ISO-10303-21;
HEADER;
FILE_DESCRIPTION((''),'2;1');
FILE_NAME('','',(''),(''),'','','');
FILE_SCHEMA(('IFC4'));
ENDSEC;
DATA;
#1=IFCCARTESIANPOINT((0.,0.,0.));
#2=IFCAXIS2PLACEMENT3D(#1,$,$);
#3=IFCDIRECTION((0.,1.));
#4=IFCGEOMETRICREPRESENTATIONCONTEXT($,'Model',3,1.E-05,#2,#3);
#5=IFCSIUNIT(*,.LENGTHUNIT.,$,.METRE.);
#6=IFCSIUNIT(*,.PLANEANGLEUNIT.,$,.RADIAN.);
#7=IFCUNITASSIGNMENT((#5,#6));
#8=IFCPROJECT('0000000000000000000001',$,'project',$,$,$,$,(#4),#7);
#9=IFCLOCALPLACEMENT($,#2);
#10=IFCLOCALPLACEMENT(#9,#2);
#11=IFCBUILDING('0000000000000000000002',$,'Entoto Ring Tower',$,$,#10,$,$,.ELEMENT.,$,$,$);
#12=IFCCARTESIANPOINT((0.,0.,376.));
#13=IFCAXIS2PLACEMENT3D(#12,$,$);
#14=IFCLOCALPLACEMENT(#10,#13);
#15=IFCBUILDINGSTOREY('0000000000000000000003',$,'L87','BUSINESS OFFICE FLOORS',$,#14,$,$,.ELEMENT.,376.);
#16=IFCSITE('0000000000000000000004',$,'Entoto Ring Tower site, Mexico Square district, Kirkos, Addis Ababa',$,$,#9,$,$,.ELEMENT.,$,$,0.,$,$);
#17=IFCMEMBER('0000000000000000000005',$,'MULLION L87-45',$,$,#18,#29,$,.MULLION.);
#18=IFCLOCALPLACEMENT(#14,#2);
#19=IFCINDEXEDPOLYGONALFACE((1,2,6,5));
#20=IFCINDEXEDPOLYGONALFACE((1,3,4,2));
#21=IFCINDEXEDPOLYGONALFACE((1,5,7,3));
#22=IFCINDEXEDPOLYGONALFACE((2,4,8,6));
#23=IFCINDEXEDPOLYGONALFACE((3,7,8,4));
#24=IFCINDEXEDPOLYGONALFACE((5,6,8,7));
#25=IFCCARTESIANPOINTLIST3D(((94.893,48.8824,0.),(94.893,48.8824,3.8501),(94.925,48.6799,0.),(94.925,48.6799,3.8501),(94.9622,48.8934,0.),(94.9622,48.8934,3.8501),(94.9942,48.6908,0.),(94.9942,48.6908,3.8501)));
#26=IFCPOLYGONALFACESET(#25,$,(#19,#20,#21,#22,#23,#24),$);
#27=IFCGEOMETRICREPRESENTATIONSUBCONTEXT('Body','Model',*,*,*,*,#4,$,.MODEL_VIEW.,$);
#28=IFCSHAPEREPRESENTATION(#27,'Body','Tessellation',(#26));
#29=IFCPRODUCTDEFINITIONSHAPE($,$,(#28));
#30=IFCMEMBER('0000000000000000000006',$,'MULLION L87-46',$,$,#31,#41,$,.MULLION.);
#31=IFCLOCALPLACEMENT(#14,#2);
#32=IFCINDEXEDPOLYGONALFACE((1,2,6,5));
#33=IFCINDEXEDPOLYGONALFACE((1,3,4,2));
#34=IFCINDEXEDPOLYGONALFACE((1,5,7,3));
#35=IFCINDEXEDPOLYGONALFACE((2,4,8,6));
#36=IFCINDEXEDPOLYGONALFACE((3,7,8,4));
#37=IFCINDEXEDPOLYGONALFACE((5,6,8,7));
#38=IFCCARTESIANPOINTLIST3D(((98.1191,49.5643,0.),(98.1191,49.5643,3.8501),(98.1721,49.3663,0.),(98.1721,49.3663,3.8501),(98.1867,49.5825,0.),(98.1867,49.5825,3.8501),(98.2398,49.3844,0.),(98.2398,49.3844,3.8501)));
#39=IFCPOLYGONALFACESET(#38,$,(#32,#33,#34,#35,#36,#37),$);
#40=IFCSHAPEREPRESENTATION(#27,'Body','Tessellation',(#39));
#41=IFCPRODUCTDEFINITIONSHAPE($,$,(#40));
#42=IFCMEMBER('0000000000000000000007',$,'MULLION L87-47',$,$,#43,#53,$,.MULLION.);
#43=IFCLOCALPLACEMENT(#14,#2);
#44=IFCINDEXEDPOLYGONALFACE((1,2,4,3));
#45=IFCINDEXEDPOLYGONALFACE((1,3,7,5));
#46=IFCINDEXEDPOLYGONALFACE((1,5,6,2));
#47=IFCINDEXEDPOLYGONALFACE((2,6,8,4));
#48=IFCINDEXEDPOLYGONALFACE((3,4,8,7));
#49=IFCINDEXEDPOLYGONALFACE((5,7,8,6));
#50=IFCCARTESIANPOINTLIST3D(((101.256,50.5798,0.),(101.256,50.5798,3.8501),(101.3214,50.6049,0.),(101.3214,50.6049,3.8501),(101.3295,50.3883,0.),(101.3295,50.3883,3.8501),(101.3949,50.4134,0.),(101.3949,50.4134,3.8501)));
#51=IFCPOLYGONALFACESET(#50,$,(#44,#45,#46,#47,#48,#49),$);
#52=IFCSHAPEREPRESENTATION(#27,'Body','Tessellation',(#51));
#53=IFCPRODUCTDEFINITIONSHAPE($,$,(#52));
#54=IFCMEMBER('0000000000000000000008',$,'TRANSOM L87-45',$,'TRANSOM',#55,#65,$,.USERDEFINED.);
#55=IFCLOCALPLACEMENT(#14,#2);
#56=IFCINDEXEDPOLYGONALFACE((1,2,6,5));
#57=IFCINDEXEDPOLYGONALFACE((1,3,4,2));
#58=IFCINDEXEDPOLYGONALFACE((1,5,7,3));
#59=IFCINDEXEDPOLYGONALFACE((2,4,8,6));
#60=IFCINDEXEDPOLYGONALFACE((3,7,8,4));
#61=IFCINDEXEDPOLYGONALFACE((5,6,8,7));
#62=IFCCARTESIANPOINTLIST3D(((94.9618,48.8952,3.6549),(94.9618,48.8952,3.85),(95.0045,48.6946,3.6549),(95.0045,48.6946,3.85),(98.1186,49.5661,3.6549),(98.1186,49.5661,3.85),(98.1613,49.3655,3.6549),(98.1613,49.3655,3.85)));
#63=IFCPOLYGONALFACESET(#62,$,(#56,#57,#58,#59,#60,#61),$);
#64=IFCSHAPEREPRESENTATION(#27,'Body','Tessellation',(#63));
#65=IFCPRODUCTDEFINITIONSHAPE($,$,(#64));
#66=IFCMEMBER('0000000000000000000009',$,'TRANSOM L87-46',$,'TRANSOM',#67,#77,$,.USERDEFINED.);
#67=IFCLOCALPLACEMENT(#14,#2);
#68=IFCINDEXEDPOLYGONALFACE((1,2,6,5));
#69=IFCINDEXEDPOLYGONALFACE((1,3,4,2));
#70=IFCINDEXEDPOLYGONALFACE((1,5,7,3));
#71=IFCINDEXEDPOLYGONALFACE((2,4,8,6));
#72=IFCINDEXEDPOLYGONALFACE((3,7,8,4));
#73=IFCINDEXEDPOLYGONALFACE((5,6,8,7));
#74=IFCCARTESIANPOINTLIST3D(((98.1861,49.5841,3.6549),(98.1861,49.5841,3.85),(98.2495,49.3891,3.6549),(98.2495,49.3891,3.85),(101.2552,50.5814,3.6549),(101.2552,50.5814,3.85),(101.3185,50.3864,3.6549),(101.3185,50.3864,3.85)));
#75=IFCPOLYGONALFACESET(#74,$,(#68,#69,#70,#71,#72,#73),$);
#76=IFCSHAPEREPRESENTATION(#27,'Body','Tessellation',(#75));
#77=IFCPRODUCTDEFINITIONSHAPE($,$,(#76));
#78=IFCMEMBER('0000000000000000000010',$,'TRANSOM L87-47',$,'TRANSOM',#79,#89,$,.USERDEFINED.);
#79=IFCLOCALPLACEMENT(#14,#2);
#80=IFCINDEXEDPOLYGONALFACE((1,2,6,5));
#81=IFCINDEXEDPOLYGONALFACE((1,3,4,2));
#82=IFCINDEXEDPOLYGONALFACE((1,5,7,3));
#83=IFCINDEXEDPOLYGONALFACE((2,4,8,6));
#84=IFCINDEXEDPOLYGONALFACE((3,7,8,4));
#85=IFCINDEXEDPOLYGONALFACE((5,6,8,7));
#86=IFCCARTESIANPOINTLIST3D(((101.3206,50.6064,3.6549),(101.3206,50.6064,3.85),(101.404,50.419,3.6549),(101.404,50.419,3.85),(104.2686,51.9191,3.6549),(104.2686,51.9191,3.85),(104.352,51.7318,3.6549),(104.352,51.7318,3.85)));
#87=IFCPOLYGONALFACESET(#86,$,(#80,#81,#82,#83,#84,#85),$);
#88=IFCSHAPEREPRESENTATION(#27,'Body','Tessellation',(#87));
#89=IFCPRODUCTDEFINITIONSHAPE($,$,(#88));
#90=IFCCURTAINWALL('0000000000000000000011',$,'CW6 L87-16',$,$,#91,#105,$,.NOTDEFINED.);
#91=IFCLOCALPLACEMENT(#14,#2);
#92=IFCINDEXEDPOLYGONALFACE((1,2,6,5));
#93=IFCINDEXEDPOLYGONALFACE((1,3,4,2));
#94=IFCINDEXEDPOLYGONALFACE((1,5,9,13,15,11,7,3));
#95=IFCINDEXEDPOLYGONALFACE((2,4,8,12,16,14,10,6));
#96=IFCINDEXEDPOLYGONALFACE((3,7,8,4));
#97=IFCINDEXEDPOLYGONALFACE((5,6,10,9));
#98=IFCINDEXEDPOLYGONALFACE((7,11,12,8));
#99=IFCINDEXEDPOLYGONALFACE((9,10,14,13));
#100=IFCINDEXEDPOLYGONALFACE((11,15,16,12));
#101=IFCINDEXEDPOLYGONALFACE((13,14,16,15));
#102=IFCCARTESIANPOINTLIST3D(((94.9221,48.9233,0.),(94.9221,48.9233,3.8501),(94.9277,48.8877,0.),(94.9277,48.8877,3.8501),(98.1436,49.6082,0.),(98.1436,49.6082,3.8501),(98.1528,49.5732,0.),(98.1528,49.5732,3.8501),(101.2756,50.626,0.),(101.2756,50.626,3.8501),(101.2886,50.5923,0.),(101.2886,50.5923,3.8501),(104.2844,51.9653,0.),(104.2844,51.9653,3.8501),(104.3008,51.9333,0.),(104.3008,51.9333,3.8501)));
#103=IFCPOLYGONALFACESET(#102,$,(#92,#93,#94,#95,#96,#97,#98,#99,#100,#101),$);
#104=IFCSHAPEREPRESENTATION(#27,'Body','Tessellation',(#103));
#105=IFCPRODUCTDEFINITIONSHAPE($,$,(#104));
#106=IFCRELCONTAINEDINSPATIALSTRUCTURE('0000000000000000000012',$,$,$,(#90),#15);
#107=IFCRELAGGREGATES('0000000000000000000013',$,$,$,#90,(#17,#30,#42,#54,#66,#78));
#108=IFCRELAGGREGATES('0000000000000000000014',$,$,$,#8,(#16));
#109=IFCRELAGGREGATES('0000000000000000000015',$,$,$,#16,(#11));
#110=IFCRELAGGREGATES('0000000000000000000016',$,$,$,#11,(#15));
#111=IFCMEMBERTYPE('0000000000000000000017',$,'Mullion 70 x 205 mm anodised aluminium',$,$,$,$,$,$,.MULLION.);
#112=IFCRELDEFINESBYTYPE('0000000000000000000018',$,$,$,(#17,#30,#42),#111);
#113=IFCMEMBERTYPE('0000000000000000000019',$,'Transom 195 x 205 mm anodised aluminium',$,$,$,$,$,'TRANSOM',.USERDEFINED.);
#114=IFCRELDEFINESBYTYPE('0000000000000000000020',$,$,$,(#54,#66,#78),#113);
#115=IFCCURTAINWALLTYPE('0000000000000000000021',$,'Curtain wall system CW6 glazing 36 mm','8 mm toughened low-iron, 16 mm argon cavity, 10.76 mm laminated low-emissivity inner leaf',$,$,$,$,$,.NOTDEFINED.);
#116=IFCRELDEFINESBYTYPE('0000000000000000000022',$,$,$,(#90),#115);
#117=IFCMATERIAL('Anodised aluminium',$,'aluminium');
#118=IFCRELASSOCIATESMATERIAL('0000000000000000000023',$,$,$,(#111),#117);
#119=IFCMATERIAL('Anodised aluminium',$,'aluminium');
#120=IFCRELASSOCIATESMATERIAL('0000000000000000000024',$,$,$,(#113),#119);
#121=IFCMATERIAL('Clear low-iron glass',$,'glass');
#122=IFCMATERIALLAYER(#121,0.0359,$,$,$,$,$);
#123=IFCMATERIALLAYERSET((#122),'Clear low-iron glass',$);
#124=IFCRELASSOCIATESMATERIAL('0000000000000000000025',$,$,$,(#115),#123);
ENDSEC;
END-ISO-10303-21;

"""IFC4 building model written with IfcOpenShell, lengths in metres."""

from ifc_helpers import new_model, si_unit, direction, frame, origin, origin_2d, place, context, subcontext, project, spatial, polyline, rectangle, outline, extrude, material, layer, layer_set, material_profile, profile_set, type_object, element, aggregate, save


model = new_model("IFC4")

# Units and contexts
model_context = context("Model", 3, precision=1e-05, world=origin(), true_north=direction((0.0, 1.0)))
body_context = subcontext(model_context, "Body", "Model", "MODEL_VIEW")
ifc_project = project(units=[si_unit("LENGTHUNIT", "METRE"), si_unit("PLANEANGLEUNIT", "RADIAN")], contexts=[model_context])

# Members
ifc_material_1 = material(Name="Anodised aluminium", Category="aluminium")
ifc_material_profile_1 = material_profile(ifc_material_1, rectangle(XDim=0.0701, YDim=0.2051, at=origin_2d()), Name="Mullion 70 x 205 mm anodised aluminium")
ifc_profile_set_1 = profile_set([ifc_material_profile_1], Name="Anodised aluminium")
member_type_1 = type_object("IfcMemberType", Name="Mullion 70 x 205 mm anodised aluminium", PredefinedType="MULLION", material=ifc_profile_set_1)
site_placement = place(None, origin())
building_placement = place(site_placement, origin())
storey_placement = place(building_placement, frame((0.0, 0.0, 376.0)))
member_1_placement = place(storey_placement, frame((94.9436, 48.7866, 0.0), z_axis=(0.0, 0.0, 1.0), x_axis=(0.987688, 0.156434, 0.0)))
member_1 = element("IfcMember", 1, at=member_1_placement, type_object=member_type_1, Name="MULLION L87-45", PredefinedType="MULLION", context=body_context, shape_type="SweptSolid", body=[
    extrude(rectangle(XDim=0.0701, YDim=0.2051, at=origin_2d()), origin(), (0.0, 0.0, 1.0), 3.8501),
])
member_2_placement = place(storey_placement, frame((98.1794, 49.4744, 0.0), z_axis=(0.0, 0.0, 1.0), x_axis=(0.965926, 0.258819, 0.0)))
member_2 = element("IfcMember", 2, at=member_2_placement, type_object=member_type_1, Name="MULLION L87-46", PredefinedType="MULLION", context=body_context, shape_type="SweptSolid", body=[
    extrude(rectangle(XDim=0.0701, YDim=0.2051, at=origin_2d()), origin(), (0.0, 0.0, 1.0), 3.8501),
])
member_3_placement = place(storey_placement, frame((101.3254, 50.4966, 0.0), z_axis=(0.0, 0.0, 1.0), x_axis=(0.93358, 0.358368, 0.0)))
member_3 = element("IfcMember", 3, at=member_3_placement, type_object=member_type_1, Name="MULLION L87-47", PredefinedType="MULLION", context=body_context, shape_type="SweptSolid", body=[
    extrude(rectangle(XDim=0.0701, YDim=0.2051, at=origin_2d()), origin(), (0.0, 0.0, 1.0), 3.8501),
])
ifc_material_2 = material(Name="Anodised aluminium", Category="aluminium")
ifc_material_profile_2 = material_profile(ifc_material_2, rectangle(XDim=0.2051, YDim=0.1951, at=origin_2d()), Name="Transom 195 x 205 mm anodised aluminium")
ifc_profile_set_2 = profile_set([ifc_material_profile_2], Name="Anodised aluminium")
member_type_2 = type_object("IfcMemberType", Name="Transom 195 x 205 mm anodised aluminium", ElementType="TRANSOM", PredefinedType="USERDEFINED", material=ifc_profile_set_2)
member_4_placement = place(storey_placement, frame((94.9832, 48.7949, 3.7524), z_axis=(0.978153, 0.207886, 0.0), x_axis=(-0.207886, 0.978153, 0.0)))
member_4 = element("IfcMember", 4, at=member_4_placement, type_object=member_type_2, Name="TRANSOM L87-45", ObjectType="TRANSOM", PredefinedType="USERDEFINED", context=body_context, shape_type="SweptSolid", body=[
    extrude(rectangle(XDim=0.2051, YDim=0.1951, at=origin_2d()), origin(), (0.0, 0.0, 1.0), 3.2273),
])
member_5_placement = place(storey_placement, frame((98.2178, 49.4866, 3.7524), z_axis=(0.951047, 0.309047, 0.0), x_axis=(-0.309047, 0.951047, 0.0)))
member_5 = element("IfcMember", 5, at=member_5_placement, type_object=member_type_2, Name="TRANSOM L87-46", ObjectType="TRANSOM", PredefinedType="USERDEFINED", context=body_context, shape_type="SweptSolid", body=[
    extrude(rectangle(XDim=0.2051, YDim=0.1951, at=origin_2d()), origin(), (0.0, 0.0, 1.0), 3.2271),
])
member_6_placement = place(storey_placement, frame((101.3623, 50.5127, 3.7524), z_axis=(0.913521, 0.406791, 0.0), x_axis=(-0.406791, 0.913521, 0.0)))
member_6 = element("IfcMember", 6, at=member_6_placement, type_object=member_type_2, Name="TRANSOM L87-47", ObjectType="TRANSOM", PredefinedType="USERDEFINED", context=body_context, shape_type="SweptSolid", body=[
    extrude(rectangle(XDim=0.2051, YDim=0.1951, at=origin_2d()), origin(), (0.0, 0.0, 1.0), 3.2271),
])

# Site, building, storey
site = spatial("IfcSite", under=ifc_project, at=site_placement, Name="Entoto Ring Tower site, Mexico Square district, Kirkos, Addis Ababa", CompositionType="ELEMENT", RefElevation=0.0)
building = spatial("IfcBuilding", under=site, at=building_placement, Name="Entoto Ring Tower", CompositionType="ELEMENT")
storey = spatial("IfcBuildingStorey", under=building, at=storey_placement, Name="L87", Description="BUSINESS OFFICE FLOORS", CompositionType="ELEMENT", Elevation=376.0)

# Curtain wall
ifc_material_3 = material(Name="Clear low-iron glass", Category="glass")
ifc_layer_1 = layer(ifc_material_3, 0.0359)
ifc_layer_set_1 = layer_set([ifc_layer_1], Name="Clear low-iron glass")
curtain_wall_type = type_object("IfcCurtainWallType", Name="Curtain wall system CW6 glazing 36 mm", Description="8 mm toughened low-iron, 16 mm argon cavity, 10.76 mm laminated low-emissivity inner leaf", PredefinedType="NOTDEFINED", material=ifc_layer_set_1)
curtain_wall_1_placement = place(storey_placement, origin())
curtain_wall_1 = element("IfcCurtainWall", 7, at=curtain_wall_1_placement, inside=storey, type_object=curtain_wall_type, Name="CW6 L87-16", PredefinedType="NOTDEFINED", context=body_context, shape_type="SweptSolid", body=[
    extrude(outline(polyline([(94.9277, 48.8877), (98.1528, 49.5732), (101.2886, 50.5923), (104.3008, 51.9333), (104.2844, 51.9653), (101.2756, 50.626), (98.1436, 49.6082), (94.9221, 48.9233), (94.9277, 48.8877)])), origin(), (0.0, 0.0, 1.0), 3.8501),
])
aggregate(curtain_wall_1, [member_1, member_2, member_3, member_4, member_5, member_6])

save(model, "model.ifc")
